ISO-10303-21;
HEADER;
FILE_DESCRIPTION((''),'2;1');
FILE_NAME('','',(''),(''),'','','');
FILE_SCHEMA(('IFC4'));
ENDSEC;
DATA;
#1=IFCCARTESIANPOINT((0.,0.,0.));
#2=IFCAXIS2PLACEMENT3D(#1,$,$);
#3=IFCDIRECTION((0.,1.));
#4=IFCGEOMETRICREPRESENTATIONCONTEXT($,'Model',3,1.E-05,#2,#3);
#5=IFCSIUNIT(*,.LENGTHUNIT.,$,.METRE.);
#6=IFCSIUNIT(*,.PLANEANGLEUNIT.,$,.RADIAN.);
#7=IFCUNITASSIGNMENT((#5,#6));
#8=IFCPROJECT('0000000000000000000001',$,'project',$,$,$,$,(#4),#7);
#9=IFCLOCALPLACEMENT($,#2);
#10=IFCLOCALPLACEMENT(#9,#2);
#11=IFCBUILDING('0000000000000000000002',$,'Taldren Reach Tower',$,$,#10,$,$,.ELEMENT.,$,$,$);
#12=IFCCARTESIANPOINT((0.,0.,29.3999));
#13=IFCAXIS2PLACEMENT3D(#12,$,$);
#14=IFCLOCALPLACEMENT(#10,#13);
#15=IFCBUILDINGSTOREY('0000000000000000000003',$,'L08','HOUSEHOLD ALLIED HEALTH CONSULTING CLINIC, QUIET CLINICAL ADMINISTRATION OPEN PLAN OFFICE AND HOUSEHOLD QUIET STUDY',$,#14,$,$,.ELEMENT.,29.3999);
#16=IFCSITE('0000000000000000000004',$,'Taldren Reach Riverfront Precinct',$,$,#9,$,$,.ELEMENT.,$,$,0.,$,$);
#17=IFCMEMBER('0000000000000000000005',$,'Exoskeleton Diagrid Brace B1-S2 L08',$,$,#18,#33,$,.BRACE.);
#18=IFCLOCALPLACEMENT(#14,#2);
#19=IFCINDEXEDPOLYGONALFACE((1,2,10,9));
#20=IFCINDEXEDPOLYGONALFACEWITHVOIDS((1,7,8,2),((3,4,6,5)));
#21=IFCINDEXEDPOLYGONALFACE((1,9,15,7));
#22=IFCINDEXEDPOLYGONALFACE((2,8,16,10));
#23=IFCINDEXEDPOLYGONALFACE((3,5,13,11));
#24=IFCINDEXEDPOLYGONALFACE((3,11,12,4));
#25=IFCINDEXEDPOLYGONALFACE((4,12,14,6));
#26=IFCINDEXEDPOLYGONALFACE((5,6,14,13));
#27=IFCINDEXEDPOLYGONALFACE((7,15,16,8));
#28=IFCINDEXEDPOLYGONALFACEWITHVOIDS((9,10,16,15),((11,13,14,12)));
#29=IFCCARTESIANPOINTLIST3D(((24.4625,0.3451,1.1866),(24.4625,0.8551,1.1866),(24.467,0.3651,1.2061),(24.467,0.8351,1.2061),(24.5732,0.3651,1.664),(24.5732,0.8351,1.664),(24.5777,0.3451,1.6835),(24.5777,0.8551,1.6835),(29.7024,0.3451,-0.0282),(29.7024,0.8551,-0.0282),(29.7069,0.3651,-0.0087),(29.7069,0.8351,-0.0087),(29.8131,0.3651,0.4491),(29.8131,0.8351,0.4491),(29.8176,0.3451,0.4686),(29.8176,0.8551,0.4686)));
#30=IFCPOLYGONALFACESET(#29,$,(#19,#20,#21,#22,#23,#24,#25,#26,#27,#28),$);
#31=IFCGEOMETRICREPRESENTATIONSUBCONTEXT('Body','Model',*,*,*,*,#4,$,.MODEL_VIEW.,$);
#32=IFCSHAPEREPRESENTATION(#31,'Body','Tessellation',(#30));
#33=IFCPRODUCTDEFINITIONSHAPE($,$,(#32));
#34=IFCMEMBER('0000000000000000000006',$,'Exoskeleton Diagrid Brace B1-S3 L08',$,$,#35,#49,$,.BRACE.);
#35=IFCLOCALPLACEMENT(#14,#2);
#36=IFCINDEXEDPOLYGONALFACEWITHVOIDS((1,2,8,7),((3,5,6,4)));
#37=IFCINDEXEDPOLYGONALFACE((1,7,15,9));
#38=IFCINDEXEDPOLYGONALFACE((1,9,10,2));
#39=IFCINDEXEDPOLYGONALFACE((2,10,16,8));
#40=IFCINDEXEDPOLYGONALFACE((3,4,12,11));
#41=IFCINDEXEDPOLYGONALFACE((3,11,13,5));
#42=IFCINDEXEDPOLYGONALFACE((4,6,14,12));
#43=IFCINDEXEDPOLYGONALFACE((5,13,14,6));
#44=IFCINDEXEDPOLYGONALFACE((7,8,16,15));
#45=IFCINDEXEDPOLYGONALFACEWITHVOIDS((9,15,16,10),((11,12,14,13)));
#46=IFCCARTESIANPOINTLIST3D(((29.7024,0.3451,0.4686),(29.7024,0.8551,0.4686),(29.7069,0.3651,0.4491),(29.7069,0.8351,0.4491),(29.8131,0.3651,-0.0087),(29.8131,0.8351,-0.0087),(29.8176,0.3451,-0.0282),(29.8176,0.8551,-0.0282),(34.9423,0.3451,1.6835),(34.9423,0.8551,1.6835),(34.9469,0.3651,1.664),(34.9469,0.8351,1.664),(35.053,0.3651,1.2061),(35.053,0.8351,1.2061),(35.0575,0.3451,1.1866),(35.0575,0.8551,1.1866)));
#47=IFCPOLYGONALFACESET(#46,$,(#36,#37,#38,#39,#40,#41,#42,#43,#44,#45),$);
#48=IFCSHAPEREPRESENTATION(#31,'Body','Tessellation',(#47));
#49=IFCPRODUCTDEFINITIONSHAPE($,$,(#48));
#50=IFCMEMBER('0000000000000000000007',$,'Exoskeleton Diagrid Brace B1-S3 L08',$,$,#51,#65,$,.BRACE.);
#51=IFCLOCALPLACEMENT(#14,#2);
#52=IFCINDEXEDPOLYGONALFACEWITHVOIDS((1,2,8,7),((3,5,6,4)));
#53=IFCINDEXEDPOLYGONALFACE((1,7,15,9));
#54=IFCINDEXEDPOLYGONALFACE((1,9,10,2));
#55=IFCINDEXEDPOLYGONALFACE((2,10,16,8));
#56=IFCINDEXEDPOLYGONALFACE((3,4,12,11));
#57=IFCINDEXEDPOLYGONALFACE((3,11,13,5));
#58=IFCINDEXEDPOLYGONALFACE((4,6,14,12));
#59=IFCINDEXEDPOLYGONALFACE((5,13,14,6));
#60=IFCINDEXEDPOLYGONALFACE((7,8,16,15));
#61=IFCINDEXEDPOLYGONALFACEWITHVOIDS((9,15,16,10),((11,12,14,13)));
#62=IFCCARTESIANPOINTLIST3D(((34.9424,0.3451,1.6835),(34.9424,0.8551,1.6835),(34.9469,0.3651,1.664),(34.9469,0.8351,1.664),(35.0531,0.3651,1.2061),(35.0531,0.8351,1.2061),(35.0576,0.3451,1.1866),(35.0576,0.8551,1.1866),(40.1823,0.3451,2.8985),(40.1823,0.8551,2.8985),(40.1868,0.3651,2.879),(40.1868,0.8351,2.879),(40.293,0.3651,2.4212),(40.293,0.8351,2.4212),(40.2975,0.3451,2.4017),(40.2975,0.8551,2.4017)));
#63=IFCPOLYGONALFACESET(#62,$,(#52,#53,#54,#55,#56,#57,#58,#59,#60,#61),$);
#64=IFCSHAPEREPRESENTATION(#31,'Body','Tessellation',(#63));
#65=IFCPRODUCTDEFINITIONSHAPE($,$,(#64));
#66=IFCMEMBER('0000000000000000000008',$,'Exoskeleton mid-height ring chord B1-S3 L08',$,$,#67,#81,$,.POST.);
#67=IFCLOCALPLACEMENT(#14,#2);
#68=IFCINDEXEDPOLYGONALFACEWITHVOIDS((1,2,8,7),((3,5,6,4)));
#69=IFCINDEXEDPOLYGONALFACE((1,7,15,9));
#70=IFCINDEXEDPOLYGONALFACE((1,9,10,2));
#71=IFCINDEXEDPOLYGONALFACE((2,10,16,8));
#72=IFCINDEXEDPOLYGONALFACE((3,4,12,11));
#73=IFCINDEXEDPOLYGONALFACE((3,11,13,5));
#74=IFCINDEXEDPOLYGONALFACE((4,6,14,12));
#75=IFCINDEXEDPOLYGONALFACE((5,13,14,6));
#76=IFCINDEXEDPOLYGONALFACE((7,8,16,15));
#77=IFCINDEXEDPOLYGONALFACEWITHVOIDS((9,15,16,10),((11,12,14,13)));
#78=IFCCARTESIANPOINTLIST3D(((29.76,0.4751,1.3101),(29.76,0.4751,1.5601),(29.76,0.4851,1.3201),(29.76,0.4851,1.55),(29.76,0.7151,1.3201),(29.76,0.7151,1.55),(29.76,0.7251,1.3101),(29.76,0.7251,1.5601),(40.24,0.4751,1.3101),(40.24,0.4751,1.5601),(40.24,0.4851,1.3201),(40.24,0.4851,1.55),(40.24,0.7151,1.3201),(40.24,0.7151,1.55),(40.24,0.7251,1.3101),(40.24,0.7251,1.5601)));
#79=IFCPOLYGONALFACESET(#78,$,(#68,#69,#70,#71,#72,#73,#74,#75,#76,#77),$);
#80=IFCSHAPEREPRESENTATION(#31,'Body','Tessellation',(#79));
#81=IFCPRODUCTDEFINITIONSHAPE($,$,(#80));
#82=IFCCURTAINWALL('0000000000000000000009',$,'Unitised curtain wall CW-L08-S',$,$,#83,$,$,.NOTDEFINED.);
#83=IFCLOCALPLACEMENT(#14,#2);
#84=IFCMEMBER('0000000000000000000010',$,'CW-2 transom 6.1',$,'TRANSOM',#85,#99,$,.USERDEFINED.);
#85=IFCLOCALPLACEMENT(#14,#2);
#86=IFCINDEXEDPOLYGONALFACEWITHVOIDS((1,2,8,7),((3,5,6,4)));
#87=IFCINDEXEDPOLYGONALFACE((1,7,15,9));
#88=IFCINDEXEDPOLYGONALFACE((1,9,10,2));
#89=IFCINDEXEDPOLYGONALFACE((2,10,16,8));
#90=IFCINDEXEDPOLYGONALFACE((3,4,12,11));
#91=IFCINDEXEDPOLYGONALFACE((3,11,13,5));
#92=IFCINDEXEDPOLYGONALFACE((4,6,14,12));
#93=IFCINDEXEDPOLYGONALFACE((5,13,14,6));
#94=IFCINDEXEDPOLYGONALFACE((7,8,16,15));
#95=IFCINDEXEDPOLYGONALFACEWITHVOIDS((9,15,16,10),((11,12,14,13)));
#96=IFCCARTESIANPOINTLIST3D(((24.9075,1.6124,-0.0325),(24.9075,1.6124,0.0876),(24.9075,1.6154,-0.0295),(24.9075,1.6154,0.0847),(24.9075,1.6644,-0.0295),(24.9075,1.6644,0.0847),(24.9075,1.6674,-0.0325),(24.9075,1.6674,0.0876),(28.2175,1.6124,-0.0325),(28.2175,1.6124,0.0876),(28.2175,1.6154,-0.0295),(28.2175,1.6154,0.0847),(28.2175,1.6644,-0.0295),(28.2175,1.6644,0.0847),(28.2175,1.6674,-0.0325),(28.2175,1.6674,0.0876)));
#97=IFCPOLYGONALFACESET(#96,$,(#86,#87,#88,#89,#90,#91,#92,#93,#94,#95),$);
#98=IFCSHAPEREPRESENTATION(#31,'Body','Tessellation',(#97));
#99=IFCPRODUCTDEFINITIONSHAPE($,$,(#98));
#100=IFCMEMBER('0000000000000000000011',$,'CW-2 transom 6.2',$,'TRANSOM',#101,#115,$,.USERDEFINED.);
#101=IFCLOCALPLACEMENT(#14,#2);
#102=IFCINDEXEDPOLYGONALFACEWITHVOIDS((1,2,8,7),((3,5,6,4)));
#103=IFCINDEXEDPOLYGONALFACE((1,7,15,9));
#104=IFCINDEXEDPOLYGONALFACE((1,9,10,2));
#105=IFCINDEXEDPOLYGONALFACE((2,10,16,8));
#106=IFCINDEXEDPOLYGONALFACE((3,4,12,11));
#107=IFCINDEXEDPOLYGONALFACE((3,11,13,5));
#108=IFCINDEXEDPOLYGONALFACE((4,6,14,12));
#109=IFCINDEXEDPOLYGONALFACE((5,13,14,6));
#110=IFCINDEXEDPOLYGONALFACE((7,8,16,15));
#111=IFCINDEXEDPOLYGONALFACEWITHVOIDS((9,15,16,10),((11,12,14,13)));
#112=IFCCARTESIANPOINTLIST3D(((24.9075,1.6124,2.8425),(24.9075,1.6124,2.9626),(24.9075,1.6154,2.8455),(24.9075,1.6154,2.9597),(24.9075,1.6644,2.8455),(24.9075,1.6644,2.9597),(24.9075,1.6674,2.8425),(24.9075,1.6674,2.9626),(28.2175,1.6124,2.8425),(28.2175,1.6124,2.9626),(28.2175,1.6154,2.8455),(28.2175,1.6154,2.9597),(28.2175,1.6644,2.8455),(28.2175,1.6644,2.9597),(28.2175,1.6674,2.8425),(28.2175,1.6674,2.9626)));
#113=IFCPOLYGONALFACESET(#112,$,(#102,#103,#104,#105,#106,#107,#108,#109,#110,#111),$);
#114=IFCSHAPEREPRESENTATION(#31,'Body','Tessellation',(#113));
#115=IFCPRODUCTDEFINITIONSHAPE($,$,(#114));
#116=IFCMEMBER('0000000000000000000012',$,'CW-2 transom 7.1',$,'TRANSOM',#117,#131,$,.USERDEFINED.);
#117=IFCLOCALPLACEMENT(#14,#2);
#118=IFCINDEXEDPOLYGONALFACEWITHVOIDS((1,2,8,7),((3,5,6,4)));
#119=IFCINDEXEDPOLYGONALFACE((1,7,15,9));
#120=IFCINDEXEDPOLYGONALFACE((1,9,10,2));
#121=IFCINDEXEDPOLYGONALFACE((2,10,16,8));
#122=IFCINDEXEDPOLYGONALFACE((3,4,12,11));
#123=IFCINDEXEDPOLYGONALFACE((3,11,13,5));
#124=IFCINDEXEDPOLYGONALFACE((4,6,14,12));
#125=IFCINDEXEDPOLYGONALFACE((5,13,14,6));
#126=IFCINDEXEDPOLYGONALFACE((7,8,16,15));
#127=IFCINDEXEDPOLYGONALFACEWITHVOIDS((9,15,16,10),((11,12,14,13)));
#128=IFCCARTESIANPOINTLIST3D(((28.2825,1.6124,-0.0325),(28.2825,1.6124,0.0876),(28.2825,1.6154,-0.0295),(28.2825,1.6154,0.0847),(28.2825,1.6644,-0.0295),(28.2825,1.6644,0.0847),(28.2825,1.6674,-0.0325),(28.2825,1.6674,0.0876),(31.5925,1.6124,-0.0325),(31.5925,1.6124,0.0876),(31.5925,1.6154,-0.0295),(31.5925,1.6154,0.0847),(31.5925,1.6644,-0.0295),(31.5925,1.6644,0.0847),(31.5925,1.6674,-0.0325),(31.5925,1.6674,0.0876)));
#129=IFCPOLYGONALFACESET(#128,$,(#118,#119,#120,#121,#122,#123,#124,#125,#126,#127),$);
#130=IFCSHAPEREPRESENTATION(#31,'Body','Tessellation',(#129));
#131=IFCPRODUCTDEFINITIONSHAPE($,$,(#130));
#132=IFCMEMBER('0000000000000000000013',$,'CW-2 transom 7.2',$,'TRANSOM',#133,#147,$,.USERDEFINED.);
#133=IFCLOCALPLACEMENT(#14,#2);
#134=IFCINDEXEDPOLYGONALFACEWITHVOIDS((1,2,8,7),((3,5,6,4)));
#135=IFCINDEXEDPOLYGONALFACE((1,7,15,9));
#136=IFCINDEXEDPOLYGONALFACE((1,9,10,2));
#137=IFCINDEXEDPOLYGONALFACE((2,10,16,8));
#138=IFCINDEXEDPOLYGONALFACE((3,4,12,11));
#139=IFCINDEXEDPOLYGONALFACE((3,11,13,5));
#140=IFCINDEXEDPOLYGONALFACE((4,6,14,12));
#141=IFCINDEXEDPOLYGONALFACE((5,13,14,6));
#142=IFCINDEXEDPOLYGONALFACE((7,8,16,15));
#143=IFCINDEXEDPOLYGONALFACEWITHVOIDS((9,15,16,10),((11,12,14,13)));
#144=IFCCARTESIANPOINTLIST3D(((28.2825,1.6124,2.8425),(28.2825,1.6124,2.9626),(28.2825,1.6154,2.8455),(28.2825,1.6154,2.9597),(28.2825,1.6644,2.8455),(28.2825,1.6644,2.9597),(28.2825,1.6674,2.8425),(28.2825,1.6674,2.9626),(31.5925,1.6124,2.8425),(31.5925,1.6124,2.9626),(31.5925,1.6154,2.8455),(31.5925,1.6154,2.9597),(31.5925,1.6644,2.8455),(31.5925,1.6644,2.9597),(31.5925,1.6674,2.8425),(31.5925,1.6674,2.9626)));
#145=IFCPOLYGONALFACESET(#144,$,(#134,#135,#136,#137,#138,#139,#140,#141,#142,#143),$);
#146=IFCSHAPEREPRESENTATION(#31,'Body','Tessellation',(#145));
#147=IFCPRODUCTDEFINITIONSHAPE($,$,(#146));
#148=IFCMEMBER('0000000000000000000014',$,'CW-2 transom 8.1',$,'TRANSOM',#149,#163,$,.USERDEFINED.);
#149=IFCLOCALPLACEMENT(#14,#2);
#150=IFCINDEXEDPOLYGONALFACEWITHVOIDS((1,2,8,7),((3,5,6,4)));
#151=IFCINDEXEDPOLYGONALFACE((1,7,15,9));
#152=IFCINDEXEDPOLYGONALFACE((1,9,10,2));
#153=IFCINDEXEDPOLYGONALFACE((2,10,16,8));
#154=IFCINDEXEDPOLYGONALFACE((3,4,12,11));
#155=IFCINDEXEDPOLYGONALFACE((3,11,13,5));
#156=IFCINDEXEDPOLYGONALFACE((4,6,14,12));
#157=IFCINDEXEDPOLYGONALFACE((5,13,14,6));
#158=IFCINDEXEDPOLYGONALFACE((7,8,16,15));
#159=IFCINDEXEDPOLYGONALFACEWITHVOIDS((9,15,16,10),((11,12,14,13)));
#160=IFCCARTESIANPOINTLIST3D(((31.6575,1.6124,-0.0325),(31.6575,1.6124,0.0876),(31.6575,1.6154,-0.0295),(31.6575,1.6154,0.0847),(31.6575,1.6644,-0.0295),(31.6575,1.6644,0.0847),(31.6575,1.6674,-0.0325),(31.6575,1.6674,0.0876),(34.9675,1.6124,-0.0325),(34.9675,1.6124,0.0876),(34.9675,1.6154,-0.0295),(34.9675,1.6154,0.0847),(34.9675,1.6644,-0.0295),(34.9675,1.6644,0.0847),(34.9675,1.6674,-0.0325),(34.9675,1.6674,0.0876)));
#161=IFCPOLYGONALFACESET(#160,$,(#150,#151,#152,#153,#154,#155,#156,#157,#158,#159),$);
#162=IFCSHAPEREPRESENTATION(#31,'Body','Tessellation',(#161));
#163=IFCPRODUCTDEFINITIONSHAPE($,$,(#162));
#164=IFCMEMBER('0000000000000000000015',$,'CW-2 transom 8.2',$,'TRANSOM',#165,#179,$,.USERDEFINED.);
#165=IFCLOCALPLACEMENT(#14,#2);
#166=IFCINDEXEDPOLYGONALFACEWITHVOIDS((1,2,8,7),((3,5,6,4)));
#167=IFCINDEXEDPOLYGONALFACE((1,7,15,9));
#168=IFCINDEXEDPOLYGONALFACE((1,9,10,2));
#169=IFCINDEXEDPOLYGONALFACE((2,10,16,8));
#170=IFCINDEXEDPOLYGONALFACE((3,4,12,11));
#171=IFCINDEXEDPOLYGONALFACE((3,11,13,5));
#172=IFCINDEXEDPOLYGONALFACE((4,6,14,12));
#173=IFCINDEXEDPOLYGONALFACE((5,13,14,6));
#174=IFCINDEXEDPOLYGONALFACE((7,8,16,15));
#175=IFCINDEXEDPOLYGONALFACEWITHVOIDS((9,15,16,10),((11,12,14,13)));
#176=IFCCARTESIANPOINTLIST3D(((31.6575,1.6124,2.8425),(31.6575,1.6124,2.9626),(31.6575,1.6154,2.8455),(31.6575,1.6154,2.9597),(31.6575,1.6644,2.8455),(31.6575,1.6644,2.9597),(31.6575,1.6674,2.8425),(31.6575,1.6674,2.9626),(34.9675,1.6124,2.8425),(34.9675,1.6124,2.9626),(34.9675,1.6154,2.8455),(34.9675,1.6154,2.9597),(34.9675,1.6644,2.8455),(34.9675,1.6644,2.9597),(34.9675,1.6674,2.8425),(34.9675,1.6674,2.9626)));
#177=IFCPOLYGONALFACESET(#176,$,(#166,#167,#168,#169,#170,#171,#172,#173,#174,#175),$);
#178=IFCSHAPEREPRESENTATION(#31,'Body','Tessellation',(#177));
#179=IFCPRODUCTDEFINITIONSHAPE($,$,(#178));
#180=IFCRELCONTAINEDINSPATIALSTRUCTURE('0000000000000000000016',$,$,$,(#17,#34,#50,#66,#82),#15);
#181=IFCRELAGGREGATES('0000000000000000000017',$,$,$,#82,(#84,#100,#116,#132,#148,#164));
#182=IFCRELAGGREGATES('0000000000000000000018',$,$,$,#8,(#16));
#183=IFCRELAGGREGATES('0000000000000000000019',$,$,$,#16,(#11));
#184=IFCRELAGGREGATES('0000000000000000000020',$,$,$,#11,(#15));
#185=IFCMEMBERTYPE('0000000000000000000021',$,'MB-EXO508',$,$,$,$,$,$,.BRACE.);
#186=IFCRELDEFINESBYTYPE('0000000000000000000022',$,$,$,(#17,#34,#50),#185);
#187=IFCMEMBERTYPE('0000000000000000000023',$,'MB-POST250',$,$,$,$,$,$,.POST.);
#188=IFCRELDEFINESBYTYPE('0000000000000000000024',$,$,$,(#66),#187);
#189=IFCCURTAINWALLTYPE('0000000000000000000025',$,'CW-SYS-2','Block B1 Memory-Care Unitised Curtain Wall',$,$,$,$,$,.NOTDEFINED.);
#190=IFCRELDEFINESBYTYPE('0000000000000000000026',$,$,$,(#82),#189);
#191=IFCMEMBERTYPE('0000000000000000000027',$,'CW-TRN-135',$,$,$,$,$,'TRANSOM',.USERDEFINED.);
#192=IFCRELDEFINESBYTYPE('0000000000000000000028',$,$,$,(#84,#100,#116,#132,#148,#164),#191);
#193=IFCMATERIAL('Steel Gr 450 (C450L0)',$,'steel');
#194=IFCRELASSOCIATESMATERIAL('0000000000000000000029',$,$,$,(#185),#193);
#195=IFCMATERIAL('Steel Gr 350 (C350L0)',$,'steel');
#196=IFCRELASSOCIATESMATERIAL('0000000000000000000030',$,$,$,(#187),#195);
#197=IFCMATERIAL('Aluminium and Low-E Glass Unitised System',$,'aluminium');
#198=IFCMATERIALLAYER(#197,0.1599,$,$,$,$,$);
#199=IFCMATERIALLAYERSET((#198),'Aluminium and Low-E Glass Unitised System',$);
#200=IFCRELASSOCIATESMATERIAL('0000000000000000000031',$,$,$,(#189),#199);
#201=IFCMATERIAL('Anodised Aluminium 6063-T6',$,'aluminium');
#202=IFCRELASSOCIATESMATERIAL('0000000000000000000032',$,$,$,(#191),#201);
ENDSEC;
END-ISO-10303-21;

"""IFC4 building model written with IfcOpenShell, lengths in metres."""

from ifc_helpers import new_model, si_unit, direction, frame, origin, origin_2d, place, context, subcontext, project, spatial, hollow_rectangle, extrude, source, transform, mapped, material, layer, layer_set, material_profile, profile_set, type_object, element, aggregate, save


model = new_model("IFC4")

# Units and contexts
model_context = context("Model", 3, precision=1e-05, world=origin(), true_north=direction((0.0, 1.0)))
body_context = subcontext(model_context, "Body", "Model", "MODEL_VIEW")
ifc_project = project(units=[si_unit("LENGTHUNIT", "METRE"), si_unit("PLANEANGLEUNIT", "RADIAN")], contexts=[model_context])

# Site, building, storey
site_placement = place(None, origin())
site = spatial("IfcSite", under=ifc_project, at=site_placement, Name="Taldren Reach Riverfront Precinct", CompositionType="ELEMENT", RefElevation=0.0)
building_placement = place(site_placement, origin())
building = spatial("IfcBuilding", under=site, at=building_placement, Name="Taldren Reach Tower", CompositionType="ELEMENT")
storey_placement = place(building_placement, frame((0.0, 0.0, 29.3999)))
storey = spatial("IfcBuildingStorey", under=building, at=storey_placement, Name="L08", Description="HOUSEHOLD ALLIED HEALTH CONSULTING CLINIC, QUIET CLINICAL ADMINISTRATION OPEN PLAN OFFICE AND HOUSEHOLD QUIET STUDY", CompositionType="ELEMENT", Elevation=29.3999)

# Members
ifc_material_1 = material(Name="Steel Gr 450 (C450L0)", Category="steel")
ifc_material_profile_1 = material_profile(ifc_material_1, hollow_rectangle(XDim=0.51, YDim=0.51, WallThickness=0.02, at=origin_2d()), Name="510x510x20.0SHS")
ifc_profile_set_1 = profile_set([ifc_material_profile_1], Name="Steel Gr 450 (C450L0)")
member_type_1 = type_object("IfcMemberType", Name="MB-EXO508", PredefinedType="BRACE", material=ifc_profile_set_1)
shared_shape_1 = source(origin(), body_context, "Body", "SweptSolid", [
    extrude(hollow_rectangle(XDim=0.51, YDim=0.51, WallThickness=0.02, at=origin_2d()), origin(), (0.0, 0.0, 1.0), 5.3789),
])
for number, where, z_axis, x_axis, name in (
    (1, (29.76, 0.6001, 0.2202), (-0.974162, 0.0, 0.225851), (0.0, -1.0, 0.0), "Exoskeleton Diagrid Brace B1-S2 L08"),
    (2, (29.76, 0.6001, 0.2202), (0.974162, 0.0, 0.225851), (0.0, 1.0, 0.0), "Exoskeleton Diagrid Brace B1-S3 L08"),
    (3, (35.0, 0.6001, 1.4351), (0.974152, 0.0, 0.225894), (0.0, 1.0, 0.0), "Exoskeleton Diagrid Brace B1-S3 L08"),
):
    element("IfcMember", number, at=place(storey_placement, frame(where, z_axis=z_axis, x_axis=x_axis)), inside=storey, type_object=member_type_1, Name=name, PredefinedType="BRACE", context=body_context, shape_type="MappedRepresentation", body=[
        mapped(shared_shape_1, transform((0.0, 0.0, 0.0), scale=1.0)),
    ])
ifc_material_2 = material(Name="Steel Gr 350 (C350L0)", Category="steel")
ifc_material_profile_2 = material_profile(ifc_material_2, hollow_rectangle(XDim=0.25, YDim=0.25, WallThickness=0.01, at=origin_2d()), Name="250x250x10.0SHS")
ifc_profile_set_2 = profile_set([ifc_material_profile_2], Name="Steel Gr 350 (C350L0)")
member_type_2 = type_object("IfcMemberType", Name="MB-POST250", PredefinedType="POST", material=ifc_profile_set_2)
shared_shape_2 = source(origin(), body_context, "Body", "SweptSolid", [
    extrude(hollow_rectangle(XDim=0.25, YDim=0.25, WallThickness=0.01, at=origin_2d()), origin(), (0.0, 0.0, 1.0), 10.48),
])
member_1_placement = place(storey_placement, frame((29.76, 0.6001, 1.4351), z_axis=(1.0, 0.0, 0.0), x_axis=(0.0, 1.0, 0.0)))
element("IfcMember", 4, at=member_1_placement, inside=storey, type_object=member_type_2, Name="Exoskeleton mid-height ring chord B1-S3 L08", PredefinedType="POST", context=body_context, shape_type="MappedRepresentation", body=[
    mapped(shared_shape_2, transform((0.0, 0.0, 0.0), scale=1.0)),
])

# Curtain wall, members
ifc_material_3 = material(Name="Aluminium and Low-E Glass Unitised System", Category="aluminium")
ifc_layer_1 = layer(ifc_material_3, 0.1599)
ifc_layer_set_1 = layer_set([ifc_layer_1], Name="Aluminium and Low-E Glass Unitised System")
curtain_wall_type = type_object("IfcCurtainWallType", Name="CW-SYS-2", Description="Block B1 Memory-Care Unitised Curtain Wall", PredefinedType="NOTDEFINED", material=ifc_layer_set_1)
curtain_wall_placement = place(storey_placement, origin())
curtain_wall = element("IfcCurtainWall", 5, at=curtain_wall_placement, inside=storey, type_object=curtain_wall_type, Name="Unitised curtain wall CW-L08-S", PredefinedType="NOTDEFINED")
ifc_material_4 = material(Name="Anodised Aluminium 6063-T6", Category="aluminium")
ifc_material_profile_3 = material_profile(ifc_material_4, hollow_rectangle(XDim=0.0549, YDim=0.1201, WallThickness=0.0029, at=origin_2d()), Name="ALU-120x55x3RHS")
ifc_profile_set_3 = profile_set([ifc_material_profile_3], Name="Anodised Aluminium 6063-T6")
member_type_3 = type_object("IfcMemberType", Name="CW-TRN-135", ElementType="TRANSOM", PredefinedType="USERDEFINED", material=ifc_profile_set_3)
shared_shape_3 = source(origin(), body_context, "Body", "SweptSolid", [
    extrude(hollow_rectangle(XDim=0.0549, YDim=0.1201, WallThickness=0.0029, at=origin_2d()), origin(), (0.0, 0.0, 1.0), 3.3101),
])
member_2_placement = place(storey_placement, frame((24.9075, 1.6399, 0.0276), z_axis=(1.0, 0.0, 0.0), x_axis=(0.0, 1.0, 0.0)))
member_2 = element("IfcMember", 6, at=member_2_placement, type_object=member_type_3, Name="CW-2 transom 6.1", ObjectType="TRANSOM", PredefinedType="USERDEFINED", context=body_context, shape_type="MappedRepresentation", body=[
    mapped(shared_shape_3, transform((0.0, 0.0, 0.0), scale=1.0)),
])
member_3_placement = place(storey_placement, frame((24.9075, 1.6399, 2.9026), z_axis=(1.0, 0.0, 0.0), x_axis=(0.0, 1.0, 0.0)))
member_3 = element("IfcMember", 7, at=member_3_placement, type_object=member_type_3, Name="CW-2 transom 6.2", ObjectType="TRANSOM", PredefinedType="USERDEFINED", context=body_context, shape_type="MappedRepresentation", body=[
    mapped(shared_shape_3, transform((0.0, 0.0, 0.0), scale=1.0)),
])
member_4_placement = place(storey_placement, frame((28.2825, 1.6399, 0.0276), z_axis=(1.0, 0.0, 0.0), x_axis=(0.0, 1.0, 0.0)))
member_4 = element("IfcMember", 8, at=member_4_placement, type_object=member_type_3, Name="CW-2 transom 7.1", ObjectType="TRANSOM", PredefinedType="USERDEFINED", context=body_context, shape_type="MappedRepresentation", body=[
    mapped(shared_shape_3, transform((0.0, 0.0, 0.0), scale=1.0)),
])
member_5_placement = place(storey_placement, frame((28.2825, 1.6399, 2.9026), z_axis=(1.0, 0.0, 0.0), x_axis=(0.0, 1.0, 0.0)))
member_5 = element("IfcMember", 9, at=member_5_placement, type_object=member_type_3, Name="CW-2 transom 7.2", ObjectType="TRANSOM", PredefinedType="USERDEFINED", context=body_context, shape_type="MappedRepresentation", body=[
    mapped(shared_shape_3, transform((0.0, 0.0, 0.0), scale=1.0)),
])
member_6_placement = place(storey_placement, frame((31.6575, 1.6399, 0.0276), z_axis=(1.0, 0.0, 0.0), x_axis=(0.0, 1.0, 0.0)))
member_6 = element("IfcMember", 10, at=member_6_placement, type_object=member_type_3, Name="CW-2 transom 8.1", ObjectType="TRANSOM", PredefinedType="USERDEFINED", context=body_context, shape_type="MappedRepresentation", body=[
    mapped(shared_shape_3, transform((0.0, 0.0, 0.0), scale=1.0)),
])
member_7_placement = place(storey_placement, frame((31.6575, 1.6399, 2.9026), z_axis=(1.0, 0.0, 0.0), x_axis=(0.0, 1.0, 0.0)))
member_7 = element("IfcMember", 11, at=member_7_placement, type_object=member_type_3, Name="CW-2 transom 8.2", ObjectType="TRANSOM", PredefinedType="USERDEFINED", context=body_context, shape_type="MappedRepresentation", body=[
    mapped(shared_shape_3, transform((0.0, 0.0, 0.0), scale=1.0)),
])

aggregate(curtain_wall, [member_2, member_3, member_4, member_5, member_6, member_7])

save(model, "model.ifc")
